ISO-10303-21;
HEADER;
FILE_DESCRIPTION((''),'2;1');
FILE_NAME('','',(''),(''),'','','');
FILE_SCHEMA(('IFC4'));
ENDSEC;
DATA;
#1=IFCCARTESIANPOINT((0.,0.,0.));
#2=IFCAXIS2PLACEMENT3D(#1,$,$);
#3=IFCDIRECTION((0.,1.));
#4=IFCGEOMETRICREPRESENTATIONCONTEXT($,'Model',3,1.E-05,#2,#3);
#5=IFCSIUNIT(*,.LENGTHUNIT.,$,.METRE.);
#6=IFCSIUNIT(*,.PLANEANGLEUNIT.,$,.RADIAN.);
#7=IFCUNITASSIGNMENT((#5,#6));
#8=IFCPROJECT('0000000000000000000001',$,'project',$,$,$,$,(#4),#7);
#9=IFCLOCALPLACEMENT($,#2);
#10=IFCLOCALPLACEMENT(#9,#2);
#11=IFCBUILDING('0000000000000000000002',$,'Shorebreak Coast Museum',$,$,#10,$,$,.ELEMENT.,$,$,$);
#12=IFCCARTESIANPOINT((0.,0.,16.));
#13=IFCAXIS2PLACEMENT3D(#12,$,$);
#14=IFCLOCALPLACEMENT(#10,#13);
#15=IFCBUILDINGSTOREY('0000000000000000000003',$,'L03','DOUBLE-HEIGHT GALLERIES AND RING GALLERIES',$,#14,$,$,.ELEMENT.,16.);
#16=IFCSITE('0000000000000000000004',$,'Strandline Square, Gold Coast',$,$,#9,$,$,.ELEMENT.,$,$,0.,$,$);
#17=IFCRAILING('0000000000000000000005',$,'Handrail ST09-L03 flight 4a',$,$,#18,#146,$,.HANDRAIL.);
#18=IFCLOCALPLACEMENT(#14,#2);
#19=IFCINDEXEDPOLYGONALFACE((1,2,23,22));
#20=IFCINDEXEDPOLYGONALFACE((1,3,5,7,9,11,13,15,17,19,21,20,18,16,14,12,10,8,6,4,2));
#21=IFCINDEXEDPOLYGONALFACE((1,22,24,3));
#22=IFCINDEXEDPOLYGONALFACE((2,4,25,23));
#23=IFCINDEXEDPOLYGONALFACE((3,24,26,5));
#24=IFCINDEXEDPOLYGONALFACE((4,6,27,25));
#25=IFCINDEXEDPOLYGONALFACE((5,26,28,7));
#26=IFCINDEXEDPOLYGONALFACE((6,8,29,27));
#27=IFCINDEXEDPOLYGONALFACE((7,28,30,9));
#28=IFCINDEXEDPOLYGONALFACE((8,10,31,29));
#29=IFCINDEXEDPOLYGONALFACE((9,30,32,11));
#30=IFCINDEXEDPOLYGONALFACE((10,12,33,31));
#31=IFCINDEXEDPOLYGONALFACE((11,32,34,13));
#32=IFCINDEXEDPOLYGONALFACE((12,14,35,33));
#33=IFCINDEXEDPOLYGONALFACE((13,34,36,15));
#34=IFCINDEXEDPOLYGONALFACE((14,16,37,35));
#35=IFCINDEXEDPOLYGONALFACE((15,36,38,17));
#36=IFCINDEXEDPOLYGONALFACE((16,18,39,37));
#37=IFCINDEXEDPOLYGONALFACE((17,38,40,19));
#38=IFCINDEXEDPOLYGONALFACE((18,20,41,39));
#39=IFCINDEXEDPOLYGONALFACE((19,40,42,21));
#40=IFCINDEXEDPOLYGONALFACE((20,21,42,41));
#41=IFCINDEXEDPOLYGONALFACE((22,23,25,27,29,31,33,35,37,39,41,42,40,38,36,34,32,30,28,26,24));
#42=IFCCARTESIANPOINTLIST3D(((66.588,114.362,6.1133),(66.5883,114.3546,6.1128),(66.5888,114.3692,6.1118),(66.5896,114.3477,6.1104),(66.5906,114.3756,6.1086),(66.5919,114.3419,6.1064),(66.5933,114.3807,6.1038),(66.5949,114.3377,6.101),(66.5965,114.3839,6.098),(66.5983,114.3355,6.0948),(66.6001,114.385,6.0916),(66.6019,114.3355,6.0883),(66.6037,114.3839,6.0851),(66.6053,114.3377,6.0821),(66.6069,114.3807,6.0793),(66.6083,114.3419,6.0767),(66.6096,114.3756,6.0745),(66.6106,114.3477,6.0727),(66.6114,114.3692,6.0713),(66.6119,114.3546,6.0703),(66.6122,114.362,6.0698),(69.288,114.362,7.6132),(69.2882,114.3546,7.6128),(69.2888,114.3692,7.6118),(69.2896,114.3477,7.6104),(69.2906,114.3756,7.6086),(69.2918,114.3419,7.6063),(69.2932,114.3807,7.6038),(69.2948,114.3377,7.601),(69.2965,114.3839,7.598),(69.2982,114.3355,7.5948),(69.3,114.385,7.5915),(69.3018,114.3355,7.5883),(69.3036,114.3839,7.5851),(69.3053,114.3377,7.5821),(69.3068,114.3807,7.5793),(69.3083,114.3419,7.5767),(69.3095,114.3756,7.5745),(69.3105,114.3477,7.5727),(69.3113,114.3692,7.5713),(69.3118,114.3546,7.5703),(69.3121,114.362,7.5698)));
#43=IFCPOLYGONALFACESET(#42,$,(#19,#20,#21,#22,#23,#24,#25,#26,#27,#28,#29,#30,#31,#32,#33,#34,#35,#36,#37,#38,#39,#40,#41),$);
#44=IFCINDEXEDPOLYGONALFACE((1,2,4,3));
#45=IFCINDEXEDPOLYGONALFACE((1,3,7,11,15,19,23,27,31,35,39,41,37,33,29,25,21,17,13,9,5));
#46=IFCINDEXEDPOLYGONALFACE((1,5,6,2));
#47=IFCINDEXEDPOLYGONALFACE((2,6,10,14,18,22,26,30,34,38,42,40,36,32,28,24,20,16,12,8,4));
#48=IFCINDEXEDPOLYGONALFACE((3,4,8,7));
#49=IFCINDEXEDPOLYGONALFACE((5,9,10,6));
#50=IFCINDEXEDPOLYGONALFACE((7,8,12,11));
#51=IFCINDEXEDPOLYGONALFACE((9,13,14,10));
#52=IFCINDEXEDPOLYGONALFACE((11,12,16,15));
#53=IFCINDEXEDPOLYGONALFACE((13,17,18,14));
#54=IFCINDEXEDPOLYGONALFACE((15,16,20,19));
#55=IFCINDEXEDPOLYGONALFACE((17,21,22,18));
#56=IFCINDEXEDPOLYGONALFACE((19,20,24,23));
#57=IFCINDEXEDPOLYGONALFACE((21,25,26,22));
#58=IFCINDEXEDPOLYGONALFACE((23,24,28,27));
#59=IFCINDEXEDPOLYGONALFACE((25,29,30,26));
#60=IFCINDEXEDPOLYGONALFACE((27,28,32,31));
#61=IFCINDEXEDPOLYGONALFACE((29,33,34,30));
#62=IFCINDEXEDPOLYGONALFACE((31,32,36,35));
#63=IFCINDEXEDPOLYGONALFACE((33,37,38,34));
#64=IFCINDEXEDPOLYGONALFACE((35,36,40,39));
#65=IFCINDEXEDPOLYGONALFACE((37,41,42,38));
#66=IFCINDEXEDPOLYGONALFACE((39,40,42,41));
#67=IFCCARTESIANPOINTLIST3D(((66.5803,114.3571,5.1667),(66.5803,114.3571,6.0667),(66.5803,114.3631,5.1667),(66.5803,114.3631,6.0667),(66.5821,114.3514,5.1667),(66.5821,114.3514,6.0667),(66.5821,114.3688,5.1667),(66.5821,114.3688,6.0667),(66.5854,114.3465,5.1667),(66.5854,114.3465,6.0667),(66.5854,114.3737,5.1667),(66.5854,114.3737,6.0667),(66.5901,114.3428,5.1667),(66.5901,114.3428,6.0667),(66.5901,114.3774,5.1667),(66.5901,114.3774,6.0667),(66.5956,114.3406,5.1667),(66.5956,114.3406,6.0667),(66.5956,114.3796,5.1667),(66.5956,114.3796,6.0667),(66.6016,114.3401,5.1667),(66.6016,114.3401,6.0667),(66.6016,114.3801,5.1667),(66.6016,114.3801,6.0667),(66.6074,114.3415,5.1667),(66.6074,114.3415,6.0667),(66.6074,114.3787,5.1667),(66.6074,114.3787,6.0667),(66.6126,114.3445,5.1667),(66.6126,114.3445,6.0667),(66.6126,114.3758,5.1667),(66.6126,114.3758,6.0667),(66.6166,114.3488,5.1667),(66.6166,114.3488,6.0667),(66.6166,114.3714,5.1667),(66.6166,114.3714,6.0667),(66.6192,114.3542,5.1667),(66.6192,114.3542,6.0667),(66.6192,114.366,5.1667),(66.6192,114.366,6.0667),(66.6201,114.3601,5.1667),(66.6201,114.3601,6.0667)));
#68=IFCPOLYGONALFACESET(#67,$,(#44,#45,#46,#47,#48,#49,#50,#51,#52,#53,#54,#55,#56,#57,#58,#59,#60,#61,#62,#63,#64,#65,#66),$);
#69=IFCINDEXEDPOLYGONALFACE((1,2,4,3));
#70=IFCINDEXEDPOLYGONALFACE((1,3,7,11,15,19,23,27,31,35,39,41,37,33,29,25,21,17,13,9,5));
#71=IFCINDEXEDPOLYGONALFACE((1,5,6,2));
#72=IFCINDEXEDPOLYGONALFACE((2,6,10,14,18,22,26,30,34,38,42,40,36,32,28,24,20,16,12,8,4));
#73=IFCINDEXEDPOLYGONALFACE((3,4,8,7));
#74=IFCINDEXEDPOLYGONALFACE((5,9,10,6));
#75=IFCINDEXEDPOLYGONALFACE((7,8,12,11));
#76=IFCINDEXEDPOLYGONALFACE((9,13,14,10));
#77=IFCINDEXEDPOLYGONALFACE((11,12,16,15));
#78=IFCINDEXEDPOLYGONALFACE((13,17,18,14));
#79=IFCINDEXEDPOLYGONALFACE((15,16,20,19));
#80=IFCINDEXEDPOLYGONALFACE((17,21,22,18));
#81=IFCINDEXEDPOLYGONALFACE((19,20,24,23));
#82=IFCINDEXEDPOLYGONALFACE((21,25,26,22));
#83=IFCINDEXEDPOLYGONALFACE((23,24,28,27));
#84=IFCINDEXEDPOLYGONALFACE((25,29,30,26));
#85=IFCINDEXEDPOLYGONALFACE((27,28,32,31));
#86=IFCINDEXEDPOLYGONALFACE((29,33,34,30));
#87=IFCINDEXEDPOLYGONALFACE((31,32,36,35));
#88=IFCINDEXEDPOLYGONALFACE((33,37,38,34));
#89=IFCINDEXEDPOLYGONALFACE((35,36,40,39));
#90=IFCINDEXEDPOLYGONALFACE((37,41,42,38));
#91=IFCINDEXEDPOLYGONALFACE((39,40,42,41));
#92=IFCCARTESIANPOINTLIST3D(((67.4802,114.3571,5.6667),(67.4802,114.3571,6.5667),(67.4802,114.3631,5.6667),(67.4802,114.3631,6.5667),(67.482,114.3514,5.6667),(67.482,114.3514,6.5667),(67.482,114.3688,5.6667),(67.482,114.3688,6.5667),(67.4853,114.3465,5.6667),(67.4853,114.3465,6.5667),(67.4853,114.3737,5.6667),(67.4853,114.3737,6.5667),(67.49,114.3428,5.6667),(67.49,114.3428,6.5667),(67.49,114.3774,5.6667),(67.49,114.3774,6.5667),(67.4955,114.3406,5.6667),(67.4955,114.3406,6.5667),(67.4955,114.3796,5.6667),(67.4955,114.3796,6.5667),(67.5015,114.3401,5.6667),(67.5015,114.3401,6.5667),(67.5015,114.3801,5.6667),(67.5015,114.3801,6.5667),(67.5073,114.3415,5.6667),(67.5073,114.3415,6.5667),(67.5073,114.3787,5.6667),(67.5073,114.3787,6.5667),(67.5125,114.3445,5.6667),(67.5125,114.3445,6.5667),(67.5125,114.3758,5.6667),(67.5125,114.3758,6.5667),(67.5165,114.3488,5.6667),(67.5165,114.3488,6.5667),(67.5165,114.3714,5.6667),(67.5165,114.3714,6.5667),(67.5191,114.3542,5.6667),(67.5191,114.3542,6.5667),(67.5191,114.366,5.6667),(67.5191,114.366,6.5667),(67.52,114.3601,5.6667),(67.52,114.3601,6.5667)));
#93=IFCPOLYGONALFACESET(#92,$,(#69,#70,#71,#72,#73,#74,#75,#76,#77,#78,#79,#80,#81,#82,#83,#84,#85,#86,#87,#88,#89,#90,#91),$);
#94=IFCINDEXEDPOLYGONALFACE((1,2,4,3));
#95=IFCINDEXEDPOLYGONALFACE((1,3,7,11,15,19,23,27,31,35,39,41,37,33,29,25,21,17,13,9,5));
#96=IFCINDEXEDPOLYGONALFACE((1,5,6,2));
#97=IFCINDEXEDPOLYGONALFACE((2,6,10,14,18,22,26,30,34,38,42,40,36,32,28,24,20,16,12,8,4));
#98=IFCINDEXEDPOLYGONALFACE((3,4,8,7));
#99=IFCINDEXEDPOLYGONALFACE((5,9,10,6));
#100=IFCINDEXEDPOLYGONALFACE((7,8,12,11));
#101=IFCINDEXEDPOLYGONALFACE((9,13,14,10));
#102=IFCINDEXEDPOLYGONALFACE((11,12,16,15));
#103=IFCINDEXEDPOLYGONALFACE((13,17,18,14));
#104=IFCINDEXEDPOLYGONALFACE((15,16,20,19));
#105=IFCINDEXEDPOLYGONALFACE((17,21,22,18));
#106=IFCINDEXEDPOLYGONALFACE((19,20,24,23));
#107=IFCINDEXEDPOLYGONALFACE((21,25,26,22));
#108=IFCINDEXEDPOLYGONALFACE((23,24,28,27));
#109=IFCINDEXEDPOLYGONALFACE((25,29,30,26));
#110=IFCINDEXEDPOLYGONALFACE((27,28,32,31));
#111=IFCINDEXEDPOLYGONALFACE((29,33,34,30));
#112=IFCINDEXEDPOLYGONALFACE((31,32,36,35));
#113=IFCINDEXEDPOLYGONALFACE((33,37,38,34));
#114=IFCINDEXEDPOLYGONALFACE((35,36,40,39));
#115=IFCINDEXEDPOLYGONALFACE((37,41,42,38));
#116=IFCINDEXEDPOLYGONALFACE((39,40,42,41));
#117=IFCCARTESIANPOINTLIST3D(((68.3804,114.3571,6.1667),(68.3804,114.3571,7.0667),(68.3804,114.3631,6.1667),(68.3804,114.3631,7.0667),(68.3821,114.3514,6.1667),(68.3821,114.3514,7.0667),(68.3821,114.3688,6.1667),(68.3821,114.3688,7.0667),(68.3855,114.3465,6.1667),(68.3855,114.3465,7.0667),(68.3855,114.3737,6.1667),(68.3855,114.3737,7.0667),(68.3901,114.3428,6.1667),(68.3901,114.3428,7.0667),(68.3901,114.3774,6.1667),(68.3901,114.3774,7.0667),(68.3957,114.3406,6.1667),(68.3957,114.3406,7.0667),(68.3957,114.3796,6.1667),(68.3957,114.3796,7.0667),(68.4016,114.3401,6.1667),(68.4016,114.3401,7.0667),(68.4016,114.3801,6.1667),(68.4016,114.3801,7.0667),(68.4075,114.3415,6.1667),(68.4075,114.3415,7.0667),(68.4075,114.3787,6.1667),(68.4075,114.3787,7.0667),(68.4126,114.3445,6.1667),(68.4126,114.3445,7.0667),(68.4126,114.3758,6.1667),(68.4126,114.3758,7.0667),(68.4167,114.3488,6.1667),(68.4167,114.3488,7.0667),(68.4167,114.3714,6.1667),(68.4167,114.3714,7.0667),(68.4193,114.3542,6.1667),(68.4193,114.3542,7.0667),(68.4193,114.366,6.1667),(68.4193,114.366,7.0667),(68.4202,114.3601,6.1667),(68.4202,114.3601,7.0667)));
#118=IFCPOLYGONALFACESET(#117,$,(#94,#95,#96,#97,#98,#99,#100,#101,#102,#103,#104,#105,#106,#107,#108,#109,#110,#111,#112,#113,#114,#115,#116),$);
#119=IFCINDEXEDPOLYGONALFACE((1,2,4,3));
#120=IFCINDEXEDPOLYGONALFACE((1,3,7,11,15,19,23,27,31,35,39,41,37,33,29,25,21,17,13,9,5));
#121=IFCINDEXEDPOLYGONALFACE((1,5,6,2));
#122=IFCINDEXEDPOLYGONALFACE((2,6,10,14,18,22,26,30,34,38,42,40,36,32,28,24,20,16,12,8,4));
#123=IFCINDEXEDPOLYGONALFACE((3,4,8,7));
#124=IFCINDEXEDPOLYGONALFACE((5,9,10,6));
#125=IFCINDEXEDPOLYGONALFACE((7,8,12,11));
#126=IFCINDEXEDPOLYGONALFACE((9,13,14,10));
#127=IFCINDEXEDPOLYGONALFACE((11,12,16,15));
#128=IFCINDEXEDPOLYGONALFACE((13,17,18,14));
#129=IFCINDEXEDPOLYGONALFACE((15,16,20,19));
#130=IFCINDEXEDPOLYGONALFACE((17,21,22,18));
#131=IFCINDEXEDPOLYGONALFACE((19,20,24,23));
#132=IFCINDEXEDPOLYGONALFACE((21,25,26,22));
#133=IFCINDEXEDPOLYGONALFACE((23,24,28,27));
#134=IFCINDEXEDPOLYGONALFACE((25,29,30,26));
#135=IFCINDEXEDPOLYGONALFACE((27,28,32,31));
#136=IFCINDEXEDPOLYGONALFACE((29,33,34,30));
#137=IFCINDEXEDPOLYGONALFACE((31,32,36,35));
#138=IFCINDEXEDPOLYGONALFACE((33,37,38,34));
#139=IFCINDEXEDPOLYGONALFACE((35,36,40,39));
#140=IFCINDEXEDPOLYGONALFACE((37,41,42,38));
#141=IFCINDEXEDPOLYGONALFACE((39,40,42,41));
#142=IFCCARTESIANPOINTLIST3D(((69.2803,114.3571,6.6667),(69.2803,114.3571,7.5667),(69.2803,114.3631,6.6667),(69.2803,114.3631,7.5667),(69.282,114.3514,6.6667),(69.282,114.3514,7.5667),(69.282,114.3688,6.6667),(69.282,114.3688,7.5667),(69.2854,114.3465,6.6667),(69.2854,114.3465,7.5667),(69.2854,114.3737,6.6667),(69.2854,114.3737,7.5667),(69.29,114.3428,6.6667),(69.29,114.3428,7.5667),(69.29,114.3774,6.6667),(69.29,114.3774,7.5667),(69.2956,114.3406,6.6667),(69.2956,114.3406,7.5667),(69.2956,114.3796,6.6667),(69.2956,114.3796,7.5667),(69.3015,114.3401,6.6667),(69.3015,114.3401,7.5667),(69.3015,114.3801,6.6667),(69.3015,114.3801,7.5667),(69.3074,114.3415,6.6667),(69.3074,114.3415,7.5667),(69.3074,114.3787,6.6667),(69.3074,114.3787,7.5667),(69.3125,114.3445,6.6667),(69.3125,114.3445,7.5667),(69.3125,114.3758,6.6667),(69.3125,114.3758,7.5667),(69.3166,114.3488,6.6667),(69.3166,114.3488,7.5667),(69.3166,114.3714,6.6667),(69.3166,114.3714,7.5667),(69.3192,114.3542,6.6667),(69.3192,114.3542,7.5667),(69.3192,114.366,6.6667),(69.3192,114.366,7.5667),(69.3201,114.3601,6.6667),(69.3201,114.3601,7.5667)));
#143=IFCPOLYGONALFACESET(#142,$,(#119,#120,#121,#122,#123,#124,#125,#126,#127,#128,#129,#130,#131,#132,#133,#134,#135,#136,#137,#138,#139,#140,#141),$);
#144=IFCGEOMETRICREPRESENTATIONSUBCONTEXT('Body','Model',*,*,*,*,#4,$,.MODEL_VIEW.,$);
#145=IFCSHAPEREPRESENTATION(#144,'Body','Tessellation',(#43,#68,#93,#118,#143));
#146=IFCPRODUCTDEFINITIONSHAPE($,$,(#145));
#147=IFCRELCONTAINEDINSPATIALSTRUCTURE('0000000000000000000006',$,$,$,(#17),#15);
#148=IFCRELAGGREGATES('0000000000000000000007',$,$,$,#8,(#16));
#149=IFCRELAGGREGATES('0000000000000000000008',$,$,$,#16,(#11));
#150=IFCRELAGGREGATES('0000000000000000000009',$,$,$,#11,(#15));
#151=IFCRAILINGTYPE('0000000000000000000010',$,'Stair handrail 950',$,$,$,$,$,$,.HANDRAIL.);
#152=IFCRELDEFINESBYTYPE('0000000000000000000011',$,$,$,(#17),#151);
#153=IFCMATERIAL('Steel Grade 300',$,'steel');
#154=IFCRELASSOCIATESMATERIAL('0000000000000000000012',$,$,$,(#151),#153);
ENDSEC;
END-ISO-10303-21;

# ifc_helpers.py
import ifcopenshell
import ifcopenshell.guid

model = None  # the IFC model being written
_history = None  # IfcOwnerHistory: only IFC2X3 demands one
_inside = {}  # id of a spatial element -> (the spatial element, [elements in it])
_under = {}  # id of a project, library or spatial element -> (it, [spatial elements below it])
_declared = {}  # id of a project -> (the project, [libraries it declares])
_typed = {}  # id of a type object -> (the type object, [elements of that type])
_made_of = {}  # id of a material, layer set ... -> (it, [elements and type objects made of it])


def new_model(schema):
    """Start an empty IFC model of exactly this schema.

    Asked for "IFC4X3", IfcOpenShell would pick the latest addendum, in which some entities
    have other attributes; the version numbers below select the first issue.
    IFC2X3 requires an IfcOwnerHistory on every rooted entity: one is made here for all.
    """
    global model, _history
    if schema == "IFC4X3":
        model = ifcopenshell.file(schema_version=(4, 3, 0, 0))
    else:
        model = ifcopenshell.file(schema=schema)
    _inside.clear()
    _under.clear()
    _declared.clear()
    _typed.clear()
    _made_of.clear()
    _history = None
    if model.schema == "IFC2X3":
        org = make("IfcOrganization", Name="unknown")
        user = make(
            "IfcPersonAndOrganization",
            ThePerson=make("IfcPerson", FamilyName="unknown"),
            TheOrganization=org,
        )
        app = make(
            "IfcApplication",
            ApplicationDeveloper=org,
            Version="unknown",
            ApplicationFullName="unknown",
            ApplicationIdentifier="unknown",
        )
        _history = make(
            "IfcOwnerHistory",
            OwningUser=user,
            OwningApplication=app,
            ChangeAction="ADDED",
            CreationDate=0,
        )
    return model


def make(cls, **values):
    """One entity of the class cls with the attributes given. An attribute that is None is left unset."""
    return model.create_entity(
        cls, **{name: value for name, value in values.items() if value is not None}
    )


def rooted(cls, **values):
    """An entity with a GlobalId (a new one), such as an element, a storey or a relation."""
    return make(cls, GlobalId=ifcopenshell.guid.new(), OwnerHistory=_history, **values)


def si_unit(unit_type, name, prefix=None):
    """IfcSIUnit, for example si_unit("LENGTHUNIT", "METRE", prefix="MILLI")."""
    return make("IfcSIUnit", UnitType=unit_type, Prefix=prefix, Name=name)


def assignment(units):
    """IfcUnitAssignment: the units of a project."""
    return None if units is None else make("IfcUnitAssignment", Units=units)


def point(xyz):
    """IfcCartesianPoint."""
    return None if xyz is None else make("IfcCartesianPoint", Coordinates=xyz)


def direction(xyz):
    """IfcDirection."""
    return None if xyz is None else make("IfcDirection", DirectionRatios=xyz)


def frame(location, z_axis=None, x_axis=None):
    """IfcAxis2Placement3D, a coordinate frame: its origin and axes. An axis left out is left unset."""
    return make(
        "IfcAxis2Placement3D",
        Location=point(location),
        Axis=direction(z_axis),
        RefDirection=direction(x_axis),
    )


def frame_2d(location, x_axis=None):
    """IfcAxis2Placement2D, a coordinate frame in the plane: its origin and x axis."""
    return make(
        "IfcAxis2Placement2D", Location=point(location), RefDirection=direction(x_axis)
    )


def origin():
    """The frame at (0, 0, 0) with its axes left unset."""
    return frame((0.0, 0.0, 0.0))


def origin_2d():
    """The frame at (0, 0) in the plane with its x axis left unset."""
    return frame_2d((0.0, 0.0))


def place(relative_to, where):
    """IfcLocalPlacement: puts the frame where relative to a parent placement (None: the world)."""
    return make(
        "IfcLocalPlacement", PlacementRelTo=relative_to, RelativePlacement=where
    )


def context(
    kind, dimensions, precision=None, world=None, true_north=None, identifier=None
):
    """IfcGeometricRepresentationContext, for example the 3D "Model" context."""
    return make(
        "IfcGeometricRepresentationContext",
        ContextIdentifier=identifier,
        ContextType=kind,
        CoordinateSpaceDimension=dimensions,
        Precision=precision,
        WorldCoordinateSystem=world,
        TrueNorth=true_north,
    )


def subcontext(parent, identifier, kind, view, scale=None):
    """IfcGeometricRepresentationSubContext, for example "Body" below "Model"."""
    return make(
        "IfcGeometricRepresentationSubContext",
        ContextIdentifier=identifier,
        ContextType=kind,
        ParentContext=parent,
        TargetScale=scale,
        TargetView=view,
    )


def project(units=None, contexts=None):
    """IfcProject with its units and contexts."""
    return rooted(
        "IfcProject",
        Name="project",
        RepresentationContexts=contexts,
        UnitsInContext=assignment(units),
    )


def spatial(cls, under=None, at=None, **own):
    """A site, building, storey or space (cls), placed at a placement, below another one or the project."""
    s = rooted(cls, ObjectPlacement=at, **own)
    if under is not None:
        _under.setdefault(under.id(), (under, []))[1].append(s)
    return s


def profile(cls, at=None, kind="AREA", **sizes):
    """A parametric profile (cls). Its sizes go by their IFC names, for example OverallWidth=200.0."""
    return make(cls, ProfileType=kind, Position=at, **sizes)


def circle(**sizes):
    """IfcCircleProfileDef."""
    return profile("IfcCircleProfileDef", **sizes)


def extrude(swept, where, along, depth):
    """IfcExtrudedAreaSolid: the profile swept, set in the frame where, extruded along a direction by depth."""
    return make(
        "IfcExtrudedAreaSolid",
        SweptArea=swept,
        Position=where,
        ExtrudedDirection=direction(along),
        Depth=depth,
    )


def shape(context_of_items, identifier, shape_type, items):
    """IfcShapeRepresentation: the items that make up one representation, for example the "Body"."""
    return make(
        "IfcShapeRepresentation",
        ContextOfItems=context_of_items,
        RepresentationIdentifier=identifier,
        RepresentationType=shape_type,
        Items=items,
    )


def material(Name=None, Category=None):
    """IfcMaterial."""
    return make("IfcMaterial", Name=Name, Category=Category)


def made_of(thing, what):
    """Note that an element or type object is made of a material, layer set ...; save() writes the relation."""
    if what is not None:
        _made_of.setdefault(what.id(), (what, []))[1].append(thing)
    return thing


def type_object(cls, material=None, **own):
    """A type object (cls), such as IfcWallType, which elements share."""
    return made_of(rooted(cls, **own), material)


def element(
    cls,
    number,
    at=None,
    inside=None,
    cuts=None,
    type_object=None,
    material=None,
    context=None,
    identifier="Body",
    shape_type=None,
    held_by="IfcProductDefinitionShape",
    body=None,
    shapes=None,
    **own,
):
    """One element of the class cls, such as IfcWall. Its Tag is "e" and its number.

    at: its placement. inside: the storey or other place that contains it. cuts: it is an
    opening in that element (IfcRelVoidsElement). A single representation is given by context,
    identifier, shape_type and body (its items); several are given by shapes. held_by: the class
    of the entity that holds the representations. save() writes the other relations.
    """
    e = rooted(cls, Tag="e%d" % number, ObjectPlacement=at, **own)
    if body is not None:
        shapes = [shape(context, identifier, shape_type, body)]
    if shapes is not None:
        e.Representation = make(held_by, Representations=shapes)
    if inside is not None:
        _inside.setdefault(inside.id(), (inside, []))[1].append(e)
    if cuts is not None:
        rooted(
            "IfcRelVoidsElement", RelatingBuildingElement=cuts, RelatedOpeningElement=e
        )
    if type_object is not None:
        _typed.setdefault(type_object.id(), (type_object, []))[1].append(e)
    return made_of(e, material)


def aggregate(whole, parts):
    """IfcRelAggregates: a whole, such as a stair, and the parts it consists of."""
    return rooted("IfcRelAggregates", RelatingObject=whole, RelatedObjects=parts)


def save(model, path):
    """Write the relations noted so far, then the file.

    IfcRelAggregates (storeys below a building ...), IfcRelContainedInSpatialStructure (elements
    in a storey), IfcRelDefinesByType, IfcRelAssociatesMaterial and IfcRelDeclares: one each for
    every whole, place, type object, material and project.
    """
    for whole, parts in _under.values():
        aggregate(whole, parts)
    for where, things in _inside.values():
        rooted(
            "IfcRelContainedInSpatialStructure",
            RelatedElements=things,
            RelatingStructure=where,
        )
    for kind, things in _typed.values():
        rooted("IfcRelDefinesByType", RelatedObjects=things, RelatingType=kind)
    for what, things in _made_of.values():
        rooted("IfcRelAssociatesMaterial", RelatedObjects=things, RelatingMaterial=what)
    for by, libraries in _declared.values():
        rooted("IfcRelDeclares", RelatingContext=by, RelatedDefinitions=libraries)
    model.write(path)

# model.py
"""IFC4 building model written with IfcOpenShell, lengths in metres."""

from ifc_helpers import new_model, si_unit, direction, frame, origin, origin_2d, place, context, subcontext, project, spatial, circle, extrude, material, type_object, element, save


model = new_model("IFC4")

# Units and contexts
model_context = context("Model", 3, precision=1e-05, world=origin(), true_north=direction((0.0, 1.0)))
body_context = subcontext(model_context, "Body", "Model", "MODEL_VIEW")
ifc_project = project(units=[si_unit("LENGTHUNIT", "METRE"), si_unit("PLANEANGLEUNIT", "RADIAN")], contexts=[model_context])

# Site, building, storey
site_placement = place(None, origin())
site = spatial("IfcSite", under=ifc_project, at=site_placement, Name="Strandline Square, Gold Coast", CompositionType="ELEMENT", RefElevation=0.0)
building_placement = place(site_placement, origin())
building = spatial("IfcBuilding", under=site, at=building_placement, Name="Shorebreak Coast Museum", CompositionType="ELEMENT")
storey_placement = place(building_placement, frame((0.0, 0.0, 16.0)))
storey = spatial("IfcBuildingStorey", under=building, at=storey_placement, Name="L03", Description="DOUBLE-HEIGHT GALLERIES AND RING GALLERIES", CompositionType="ELEMENT", Elevation=16.0)

# Railing
ifc_material_1 = material(Name="Steel Grade 300", Category="steel")
railing_type_1 = type_object("IfcRailingType", Name="Stair handrail 950", PredefinedType="HANDRAIL", material=ifc_material_1)
for number, where, name in (
    (1, (66.6001, 114.3601, 5.1667), "Handrail ST09-L03 flight 4a"),
):
    element("IfcRailing", number, at=place(storey_placement, frame(where)), inside=storey, type_object=railing_type_1, Name=name, PredefinedType="HANDRAIL", context=body_context, shape_type="SweptSolid", body=[
        extrude(circle(Radius=0.0249, at=origin_2d()), frame((0.0, 0.0, 0.9248), z_axis=(0.874154, 0.0, 0.48565), x_axis=(0.0, 1.0, 0.0)), (0.0, 0.0, 1.0), 3.0886),
        extrude(circle(Radius=0.02, at=origin_2d()), origin(), (0.0, 0.0, 1.0), 0.8999),
        extrude(circle(Radius=0.02, at=origin_2d()), frame((0.8999, 0.0, 0.5)), (0.0, 0.0, 1.0), 0.8999),
        extrude(circle(Radius=0.02, at=origin_2d()), frame((1.8, 0.0, 1.0)), (0.0, 0.0, 1.0), 0.8999),
        extrude(circle(Radius=0.02, at=origin_2d()), frame((2.7, 0.0, 1.5)), (0.0, 0.0, 1.0), 0.8999),
    ])

save(model, "model.ifc")
